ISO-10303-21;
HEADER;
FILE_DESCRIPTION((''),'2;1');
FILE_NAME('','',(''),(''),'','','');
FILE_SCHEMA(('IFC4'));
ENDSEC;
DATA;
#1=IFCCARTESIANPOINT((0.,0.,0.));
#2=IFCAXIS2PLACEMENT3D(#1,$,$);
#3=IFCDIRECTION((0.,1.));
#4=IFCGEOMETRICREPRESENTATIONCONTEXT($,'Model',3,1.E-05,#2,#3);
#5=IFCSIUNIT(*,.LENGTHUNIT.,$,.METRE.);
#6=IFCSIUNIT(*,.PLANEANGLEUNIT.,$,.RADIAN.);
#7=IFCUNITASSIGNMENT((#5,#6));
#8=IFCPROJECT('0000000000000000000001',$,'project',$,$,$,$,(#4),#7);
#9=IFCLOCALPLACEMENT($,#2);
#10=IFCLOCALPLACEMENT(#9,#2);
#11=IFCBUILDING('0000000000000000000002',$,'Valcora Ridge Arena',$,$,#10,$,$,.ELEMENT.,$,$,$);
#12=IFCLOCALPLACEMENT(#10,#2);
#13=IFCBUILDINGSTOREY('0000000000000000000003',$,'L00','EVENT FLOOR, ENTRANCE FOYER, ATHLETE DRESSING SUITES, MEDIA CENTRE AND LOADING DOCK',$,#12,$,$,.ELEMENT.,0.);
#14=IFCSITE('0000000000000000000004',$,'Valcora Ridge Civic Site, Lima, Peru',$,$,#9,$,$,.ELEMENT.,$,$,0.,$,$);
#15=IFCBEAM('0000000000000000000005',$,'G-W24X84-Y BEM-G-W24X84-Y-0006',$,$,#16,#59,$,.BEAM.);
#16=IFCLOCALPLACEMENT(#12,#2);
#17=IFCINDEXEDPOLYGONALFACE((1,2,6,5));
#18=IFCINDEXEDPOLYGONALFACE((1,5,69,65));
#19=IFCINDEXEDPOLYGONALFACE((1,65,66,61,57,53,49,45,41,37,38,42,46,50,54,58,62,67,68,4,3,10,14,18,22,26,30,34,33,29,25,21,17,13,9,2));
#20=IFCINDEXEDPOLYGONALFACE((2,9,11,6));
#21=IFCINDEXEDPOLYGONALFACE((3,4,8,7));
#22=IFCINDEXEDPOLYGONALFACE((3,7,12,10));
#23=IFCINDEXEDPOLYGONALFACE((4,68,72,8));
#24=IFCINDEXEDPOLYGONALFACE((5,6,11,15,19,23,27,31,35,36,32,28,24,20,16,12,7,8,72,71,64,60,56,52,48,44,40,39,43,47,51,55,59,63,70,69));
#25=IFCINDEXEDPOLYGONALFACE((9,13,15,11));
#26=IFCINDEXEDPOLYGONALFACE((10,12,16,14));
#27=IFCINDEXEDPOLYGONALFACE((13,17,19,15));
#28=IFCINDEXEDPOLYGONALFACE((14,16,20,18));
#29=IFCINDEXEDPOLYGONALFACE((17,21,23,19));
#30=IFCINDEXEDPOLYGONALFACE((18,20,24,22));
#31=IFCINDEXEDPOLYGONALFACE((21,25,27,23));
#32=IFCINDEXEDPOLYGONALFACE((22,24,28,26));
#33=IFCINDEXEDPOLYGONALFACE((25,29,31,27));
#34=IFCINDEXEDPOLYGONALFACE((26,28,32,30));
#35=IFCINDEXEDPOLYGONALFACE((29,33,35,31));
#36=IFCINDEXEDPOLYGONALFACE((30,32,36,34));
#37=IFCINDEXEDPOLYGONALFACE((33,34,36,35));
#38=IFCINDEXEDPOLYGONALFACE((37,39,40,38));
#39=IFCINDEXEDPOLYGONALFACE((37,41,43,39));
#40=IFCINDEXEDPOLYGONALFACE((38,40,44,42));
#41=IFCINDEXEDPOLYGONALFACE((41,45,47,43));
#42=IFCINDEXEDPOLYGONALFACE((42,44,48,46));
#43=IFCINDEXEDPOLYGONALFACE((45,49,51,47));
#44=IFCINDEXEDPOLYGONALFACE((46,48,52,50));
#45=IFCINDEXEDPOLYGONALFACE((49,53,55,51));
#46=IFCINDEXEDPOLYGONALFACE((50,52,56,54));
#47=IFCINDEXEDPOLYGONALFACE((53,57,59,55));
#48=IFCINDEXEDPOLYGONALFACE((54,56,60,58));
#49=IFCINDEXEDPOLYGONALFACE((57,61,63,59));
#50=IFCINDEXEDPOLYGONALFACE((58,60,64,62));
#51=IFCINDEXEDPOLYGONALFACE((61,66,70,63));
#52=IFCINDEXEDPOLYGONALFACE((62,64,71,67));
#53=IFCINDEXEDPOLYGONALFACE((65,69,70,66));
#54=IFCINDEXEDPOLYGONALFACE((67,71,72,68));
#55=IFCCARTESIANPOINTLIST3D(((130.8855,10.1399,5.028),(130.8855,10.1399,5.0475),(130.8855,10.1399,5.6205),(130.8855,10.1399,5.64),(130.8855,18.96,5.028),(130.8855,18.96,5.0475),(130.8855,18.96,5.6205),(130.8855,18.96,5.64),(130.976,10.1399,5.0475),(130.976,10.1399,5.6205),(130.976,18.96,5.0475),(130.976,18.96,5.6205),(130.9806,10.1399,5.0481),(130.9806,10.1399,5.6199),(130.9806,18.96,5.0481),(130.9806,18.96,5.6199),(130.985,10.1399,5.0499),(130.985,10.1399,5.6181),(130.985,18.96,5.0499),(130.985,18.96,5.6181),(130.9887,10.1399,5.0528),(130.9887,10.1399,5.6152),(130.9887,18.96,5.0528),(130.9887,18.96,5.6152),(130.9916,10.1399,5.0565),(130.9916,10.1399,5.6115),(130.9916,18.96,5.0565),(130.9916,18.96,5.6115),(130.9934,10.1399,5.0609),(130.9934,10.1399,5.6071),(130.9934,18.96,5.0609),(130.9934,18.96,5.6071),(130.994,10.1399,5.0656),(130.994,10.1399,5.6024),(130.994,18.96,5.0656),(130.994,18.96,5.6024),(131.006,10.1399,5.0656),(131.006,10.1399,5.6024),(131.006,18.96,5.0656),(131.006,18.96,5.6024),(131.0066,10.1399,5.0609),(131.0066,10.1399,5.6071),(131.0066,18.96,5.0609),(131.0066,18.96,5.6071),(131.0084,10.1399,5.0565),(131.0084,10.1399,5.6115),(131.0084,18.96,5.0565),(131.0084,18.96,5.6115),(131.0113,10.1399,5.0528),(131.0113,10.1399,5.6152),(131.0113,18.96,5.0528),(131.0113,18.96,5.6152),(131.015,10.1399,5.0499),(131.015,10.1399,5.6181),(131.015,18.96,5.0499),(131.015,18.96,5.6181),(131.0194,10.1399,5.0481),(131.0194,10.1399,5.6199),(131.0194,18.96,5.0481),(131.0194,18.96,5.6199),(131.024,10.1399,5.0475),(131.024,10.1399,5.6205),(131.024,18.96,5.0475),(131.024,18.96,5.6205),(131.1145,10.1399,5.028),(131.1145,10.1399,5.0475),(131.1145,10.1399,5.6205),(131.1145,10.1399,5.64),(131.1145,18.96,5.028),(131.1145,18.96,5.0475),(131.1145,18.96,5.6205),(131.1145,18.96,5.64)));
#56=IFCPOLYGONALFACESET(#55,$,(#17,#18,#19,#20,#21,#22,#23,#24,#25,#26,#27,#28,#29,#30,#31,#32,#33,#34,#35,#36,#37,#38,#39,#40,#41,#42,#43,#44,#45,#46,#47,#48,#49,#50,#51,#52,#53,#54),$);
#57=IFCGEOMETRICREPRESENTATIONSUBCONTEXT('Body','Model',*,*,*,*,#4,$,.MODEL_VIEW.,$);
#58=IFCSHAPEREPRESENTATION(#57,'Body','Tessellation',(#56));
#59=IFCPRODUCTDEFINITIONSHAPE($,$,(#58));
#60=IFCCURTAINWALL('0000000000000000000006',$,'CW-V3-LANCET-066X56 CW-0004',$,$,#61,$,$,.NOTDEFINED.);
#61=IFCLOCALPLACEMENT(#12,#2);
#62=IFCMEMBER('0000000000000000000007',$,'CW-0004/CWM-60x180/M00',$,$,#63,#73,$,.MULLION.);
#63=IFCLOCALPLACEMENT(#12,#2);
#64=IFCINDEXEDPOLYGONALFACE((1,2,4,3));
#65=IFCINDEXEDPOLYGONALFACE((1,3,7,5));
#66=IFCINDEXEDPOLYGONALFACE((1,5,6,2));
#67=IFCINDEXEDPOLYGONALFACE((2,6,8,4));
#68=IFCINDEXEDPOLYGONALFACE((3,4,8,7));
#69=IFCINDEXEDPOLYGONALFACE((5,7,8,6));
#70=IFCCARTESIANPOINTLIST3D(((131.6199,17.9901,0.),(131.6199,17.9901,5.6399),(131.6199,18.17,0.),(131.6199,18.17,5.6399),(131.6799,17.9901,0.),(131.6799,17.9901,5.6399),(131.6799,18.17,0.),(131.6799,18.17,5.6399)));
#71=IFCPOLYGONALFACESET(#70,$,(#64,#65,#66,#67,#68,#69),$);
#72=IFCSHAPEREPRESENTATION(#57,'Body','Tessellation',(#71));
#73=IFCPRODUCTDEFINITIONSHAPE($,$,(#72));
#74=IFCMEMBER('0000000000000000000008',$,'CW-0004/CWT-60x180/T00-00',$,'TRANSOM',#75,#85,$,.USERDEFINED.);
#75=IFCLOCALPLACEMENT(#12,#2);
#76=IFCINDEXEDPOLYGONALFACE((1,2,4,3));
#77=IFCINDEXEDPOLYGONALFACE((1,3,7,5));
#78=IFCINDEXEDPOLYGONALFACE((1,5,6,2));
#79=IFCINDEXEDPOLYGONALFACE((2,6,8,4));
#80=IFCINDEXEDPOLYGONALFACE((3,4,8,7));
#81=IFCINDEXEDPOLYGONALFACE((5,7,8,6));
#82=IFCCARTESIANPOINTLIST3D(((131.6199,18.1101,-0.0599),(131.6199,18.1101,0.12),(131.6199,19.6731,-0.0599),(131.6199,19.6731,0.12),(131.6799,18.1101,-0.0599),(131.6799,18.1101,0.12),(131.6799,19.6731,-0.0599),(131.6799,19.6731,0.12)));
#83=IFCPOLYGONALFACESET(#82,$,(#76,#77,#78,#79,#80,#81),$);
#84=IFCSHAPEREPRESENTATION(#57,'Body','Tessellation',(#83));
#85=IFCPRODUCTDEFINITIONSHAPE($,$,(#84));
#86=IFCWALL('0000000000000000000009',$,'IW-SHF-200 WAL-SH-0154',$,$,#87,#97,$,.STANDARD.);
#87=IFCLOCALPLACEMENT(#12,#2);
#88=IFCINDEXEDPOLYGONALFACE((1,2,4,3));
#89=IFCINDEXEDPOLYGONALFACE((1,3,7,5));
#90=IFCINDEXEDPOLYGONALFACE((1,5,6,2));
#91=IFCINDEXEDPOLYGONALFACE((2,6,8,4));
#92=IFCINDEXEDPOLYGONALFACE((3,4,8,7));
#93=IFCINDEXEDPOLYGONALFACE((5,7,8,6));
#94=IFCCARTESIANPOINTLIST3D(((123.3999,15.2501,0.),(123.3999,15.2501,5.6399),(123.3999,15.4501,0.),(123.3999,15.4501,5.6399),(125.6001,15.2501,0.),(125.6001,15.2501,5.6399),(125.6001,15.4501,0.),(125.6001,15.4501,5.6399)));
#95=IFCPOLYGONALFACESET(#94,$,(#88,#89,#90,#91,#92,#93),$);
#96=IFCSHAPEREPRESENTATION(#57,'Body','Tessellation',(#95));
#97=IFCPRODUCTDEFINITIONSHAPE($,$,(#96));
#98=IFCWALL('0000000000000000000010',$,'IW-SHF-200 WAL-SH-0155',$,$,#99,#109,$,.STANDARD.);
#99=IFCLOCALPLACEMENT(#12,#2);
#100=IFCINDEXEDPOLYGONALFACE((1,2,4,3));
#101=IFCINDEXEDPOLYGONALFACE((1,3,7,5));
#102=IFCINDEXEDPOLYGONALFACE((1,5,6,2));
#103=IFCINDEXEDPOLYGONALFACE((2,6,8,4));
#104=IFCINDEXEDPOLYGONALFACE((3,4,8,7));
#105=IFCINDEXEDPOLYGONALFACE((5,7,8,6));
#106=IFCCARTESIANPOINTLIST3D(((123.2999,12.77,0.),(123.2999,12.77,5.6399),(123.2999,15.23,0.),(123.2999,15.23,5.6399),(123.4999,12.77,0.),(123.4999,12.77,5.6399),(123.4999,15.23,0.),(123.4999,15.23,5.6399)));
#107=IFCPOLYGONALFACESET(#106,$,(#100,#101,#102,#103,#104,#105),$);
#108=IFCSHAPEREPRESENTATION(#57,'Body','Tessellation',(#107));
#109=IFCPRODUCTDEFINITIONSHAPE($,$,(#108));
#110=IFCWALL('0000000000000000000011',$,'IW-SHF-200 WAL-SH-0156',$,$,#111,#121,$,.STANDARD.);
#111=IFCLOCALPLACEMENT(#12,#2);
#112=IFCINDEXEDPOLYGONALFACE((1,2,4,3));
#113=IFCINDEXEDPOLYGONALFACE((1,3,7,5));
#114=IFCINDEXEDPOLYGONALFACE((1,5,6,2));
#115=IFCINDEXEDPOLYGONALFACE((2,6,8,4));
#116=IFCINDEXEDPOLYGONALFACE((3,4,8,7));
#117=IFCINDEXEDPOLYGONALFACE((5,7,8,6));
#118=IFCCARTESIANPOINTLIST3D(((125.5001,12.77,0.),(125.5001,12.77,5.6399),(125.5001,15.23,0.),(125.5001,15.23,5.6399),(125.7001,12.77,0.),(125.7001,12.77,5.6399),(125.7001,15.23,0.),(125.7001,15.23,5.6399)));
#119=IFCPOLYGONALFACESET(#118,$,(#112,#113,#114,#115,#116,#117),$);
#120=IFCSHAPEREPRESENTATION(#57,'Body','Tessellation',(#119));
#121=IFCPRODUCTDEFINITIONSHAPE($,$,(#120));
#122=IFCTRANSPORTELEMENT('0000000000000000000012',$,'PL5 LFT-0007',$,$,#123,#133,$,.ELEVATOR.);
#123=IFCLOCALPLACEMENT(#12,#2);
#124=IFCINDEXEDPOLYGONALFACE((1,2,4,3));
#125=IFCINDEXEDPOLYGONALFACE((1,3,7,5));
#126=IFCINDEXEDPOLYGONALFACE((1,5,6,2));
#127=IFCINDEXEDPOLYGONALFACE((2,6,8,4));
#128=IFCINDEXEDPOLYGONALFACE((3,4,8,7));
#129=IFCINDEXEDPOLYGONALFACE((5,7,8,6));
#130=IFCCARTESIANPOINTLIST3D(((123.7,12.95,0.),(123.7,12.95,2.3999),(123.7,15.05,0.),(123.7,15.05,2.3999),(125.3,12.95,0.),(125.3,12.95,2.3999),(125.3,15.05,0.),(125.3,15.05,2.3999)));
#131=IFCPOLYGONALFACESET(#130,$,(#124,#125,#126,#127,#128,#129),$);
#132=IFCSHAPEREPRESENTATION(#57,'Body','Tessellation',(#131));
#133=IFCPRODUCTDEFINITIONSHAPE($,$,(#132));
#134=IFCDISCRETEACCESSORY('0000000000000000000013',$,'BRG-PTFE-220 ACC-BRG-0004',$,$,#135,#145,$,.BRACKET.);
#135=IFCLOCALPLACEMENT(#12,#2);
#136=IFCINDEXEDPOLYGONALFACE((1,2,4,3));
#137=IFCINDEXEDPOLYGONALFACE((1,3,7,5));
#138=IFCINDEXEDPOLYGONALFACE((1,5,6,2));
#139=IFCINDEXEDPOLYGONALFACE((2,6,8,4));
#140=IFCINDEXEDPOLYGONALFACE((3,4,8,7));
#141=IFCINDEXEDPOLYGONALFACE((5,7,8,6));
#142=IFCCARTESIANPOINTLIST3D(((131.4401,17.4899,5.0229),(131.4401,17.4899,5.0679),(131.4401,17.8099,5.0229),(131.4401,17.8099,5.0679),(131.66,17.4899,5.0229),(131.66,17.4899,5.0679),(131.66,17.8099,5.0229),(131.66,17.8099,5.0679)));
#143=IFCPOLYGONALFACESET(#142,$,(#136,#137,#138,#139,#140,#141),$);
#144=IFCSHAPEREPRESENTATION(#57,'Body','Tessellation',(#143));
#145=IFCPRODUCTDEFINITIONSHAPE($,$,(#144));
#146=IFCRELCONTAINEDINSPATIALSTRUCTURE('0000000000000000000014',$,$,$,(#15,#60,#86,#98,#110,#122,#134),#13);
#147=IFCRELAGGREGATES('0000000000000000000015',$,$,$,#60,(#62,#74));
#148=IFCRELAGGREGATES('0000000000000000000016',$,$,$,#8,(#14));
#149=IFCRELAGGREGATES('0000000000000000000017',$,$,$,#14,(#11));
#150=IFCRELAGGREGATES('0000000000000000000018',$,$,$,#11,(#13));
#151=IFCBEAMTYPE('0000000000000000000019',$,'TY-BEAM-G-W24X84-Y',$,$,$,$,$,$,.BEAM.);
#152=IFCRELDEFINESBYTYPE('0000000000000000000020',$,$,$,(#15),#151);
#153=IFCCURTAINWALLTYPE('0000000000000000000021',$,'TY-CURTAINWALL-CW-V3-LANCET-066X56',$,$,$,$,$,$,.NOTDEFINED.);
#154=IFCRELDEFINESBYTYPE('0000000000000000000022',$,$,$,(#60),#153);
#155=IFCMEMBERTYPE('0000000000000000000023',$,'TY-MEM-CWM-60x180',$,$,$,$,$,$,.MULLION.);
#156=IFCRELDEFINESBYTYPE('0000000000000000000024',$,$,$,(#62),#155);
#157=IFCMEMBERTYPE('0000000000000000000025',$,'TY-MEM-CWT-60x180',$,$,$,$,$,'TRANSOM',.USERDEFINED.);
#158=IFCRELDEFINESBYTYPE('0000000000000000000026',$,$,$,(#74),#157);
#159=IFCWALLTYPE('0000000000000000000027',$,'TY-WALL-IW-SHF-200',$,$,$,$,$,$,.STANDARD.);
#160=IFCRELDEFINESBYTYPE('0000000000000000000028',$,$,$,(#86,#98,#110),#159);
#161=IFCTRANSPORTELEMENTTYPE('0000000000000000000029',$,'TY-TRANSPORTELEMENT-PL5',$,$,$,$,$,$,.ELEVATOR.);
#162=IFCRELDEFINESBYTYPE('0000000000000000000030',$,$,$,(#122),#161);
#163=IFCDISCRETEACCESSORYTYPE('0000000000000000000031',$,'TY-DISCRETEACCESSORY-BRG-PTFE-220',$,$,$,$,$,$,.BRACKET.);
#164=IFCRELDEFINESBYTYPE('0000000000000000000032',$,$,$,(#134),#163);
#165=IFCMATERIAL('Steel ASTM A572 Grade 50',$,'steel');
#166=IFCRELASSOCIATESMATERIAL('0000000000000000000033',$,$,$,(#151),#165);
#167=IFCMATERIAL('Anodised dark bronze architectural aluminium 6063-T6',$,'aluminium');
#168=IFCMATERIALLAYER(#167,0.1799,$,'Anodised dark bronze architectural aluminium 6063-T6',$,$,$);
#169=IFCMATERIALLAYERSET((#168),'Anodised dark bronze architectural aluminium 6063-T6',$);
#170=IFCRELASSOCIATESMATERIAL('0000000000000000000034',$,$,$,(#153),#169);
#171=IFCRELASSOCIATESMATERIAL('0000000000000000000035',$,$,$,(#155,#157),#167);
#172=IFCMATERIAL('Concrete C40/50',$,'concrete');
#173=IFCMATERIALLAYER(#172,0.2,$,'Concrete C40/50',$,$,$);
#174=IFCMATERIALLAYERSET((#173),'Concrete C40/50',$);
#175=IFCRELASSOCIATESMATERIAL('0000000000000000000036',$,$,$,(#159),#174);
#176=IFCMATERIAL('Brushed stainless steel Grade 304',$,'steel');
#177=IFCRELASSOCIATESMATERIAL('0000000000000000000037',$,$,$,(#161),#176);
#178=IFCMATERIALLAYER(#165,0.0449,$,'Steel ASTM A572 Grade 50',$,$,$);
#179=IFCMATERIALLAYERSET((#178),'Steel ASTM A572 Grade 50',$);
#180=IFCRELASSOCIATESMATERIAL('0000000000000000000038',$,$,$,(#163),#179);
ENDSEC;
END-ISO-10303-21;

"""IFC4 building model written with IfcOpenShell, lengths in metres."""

from ifc_helpers import new_model, si_unit, direction, frame, frame_2d, origin, origin_2d, place, context, subcontext, project, spatial, rectangle, i_section, extrude, material, layer, layer_set, material_profile, profile_set, type_object, element, aggregate, save


model = new_model("IFC4")

# Units and contexts
model_context = context("Model", 3, precision=1e-05, world=origin(), true_north=direction((0.0, 1.0)))
body_context = subcontext(model_context, "Body", "Model", "MODEL_VIEW")
ifc_project = project(units=[si_unit("LENGTHUNIT", "METRE"), si_unit("PLANEANGLEUNIT", "RADIAN")], contexts=[model_context])

# Site, building, storey
site_placement = place(None, origin())
site = spatial("IfcSite", under=ifc_project, at=site_placement, Name="Valcora Ridge Civic Site, Lima, Peru", CompositionType="ELEMENT", RefElevation=0.0)
building_placement = place(site_placement, origin())
building = spatial("IfcBuilding", under=site, at=building_placement, Name="Valcora Ridge Arena", CompositionType="ELEMENT")
storey_placement = place(building_placement, origin())
storey = spatial("IfcBuildingStorey", under=building, at=storey_placement, Name="L00", Description="EVENT FLOOR, ENTRANCE FOYER, ATHLETE DRESSING SUITES, MEDIA CENTRE AND LOADING DOCK", CompositionType="ELEMENT", Elevation=0.0)

# Shared definitions
ifc_material_1 = material(Name="Concrete C40/50", Category="concrete")

# Shared definitions
ifc_material_2 = material(Name="Steel ASTM A572 Grade 50", Category="steel")

# Beam
ifc_material_profile_1 = material_profile(ifc_material_2, i_section(OverallWidth=0.229, OverallDepth=0.6121, WebThickness=0.012, FlangeThickness=0.0195, FilletRadius=0.0181, at=origin_2d()), Name="W24X84")
ifc_profile_set_1 = profile_set([ifc_material_profile_1], Name="Steel ASTM A572 Grade 50")
beam_type_1 = type_object("IfcBeamType", Name="TY-BEAM-G-W24X84-Y", PredefinedType="BEAM", material=ifc_profile_set_1)
beam_1_placement = place(storey_placement, frame((131.0, 10.1399, 5.334), z_axis=(0.0, 1.0, 0.0), x_axis=(-1.0, 0.0, 0.0)))
element("IfcBeam", 1, at=beam_1_placement, inside=storey, type_object=beam_type_1, Name="G-W24X84-Y BEM-G-W24X84-Y-0006", PredefinedType="BEAM", context=body_context, shape_type="SweptSolid", body=[
    extrude(i_section(OverallWidth=0.229, OverallDepth=0.6121, WebThickness=0.012, FlangeThickness=0.0195, FilletRadius=0.0181, at=origin_2d()), origin(), (0.0, 0.0, 1.0), 8.8201),
])

# Curtain wall, members
ifc_material_3 = material(Name="Anodised dark bronze architectural aluminium 6063-T6", Category="aluminium")
ifc_layer_1 = layer(ifc_material_3, 0.1799, Name="Anodised dark bronze architectural aluminium 6063-T6")
ifc_layer_set_1 = layer_set([ifc_layer_1], Name="Anodised dark bronze architectural aluminium 6063-T6")
curtain_wall_type = type_object("IfcCurtainWallType", Name="TY-CURTAINWALL-CW-V3-LANCET-066X56", PredefinedType="NOTDEFINED", material=ifc_layer_set_1)
curtain_wall_placement = place(storey_placement, origin())
curtain_wall = element("IfcCurtainWall", 2, at=curtain_wall_placement, inside=storey, type_object=curtain_wall_type, Name="CW-V3-LANCET-066X56 CW-0004", PredefinedType="NOTDEFINED")
ifc_material_profile_2 = material_profile(ifc_material_3, rectangle(XDim=0.0601, YDim=0.1799, at=origin_2d()), Name="ALU MULLION 60x180")
ifc_profile_set_2 = profile_set([ifc_material_profile_2], Name="Anodised dark bronze architectural aluminium 6063-T6")
member_type_1 = type_object("IfcMemberType", Name="TY-MEM-CWM-60x180", PredefinedType="MULLION", material=ifc_profile_set_2)
member_1_placement = place(storey_placement, frame((131.6499, 18.0801, 0.0), z_axis=(0.0, 0.0, 1.0), x_axis=(-1.0, 0.0, 0.0)))
member_1 = element("IfcMember", 3, at=member_1_placement, type_object=member_type_1, Name="CW-0004/CWM-60x180/M00", PredefinedType="MULLION", context=body_context, shape_type="SweptSolid", body=[
    extrude(rectangle(XDim=0.0601, YDim=0.1799, at=origin_2d()), origin(), (0.0, 0.0, 1.0), 5.6399),
])
ifc_material_profile_3 = material_profile(ifc_material_3, rectangle(XDim=0.0601, YDim=0.1799, at=origin_2d()), Name="ALU TRANSOM 60x180")
ifc_profile_set_3 = profile_set([ifc_material_profile_3], Name="Anodised dark bronze architectural aluminium 6063-T6")
member_type_2 = type_object("IfcMemberType", Name="TY-MEM-CWT-60x180", ElementType="TRANSOM", PredefinedType="USERDEFINED", material=ifc_profile_set_3)
member_2_placement = place(storey_placement, frame((131.6499, 18.1101, 0.03), z_axis=(0.0, 1.0, 0.0), x_axis=(-1.0, 0.0, 0.0)))
member_2 = element("IfcMember", 4, at=member_2_placement, type_object=member_type_2, Name="CW-0004/CWT-60x180/T00-00", ObjectType="TRANSOM", PredefinedType="USERDEFINED", context=body_context, shape_type="SweptSolid", body=[
    extrude(rectangle(XDim=0.0601, YDim=0.1799, at=origin_2d()), origin(), (0.0, 0.0, 1.0), 1.563),
])
aggregate(curtain_wall, [member_1, member_2])

# Shared definitions
ifc_layer_2 = layer(ifc_material_1, 0.2, Name="Concrete C40/50")
ifc_layer_set_2 = layer_set([ifc_layer_2], Name="Concrete C40/50")
wall_type = type_object("IfcWallType", Name="TY-WALL-IW-SHF-200", PredefinedType="STANDARD", material=ifc_layer_set_2)

# Walls
wall_1_placement = place(storey_placement, frame((123.3999, 15.3501, 0.0), z_axis=(0.0, 0.0, 1.0), x_axis=(1.0, 0.0, 0.0)))
element("IfcWall", 5, at=wall_1_placement, inside=storey, type_object=wall_type, Name="IW-SHF-200 WAL-SH-0154", PredefinedType="STANDARD", context=body_context, shape_type="SweptSolid", body=[
    extrude(rectangle(XDim=2.2002, YDim=0.2, at=frame_2d((1.1001, 0.0))), origin(), (0.0, 0.0, 1.0), 5.6399),
])
for number, where, z_axis, x_axis, name in (
    (6, (123.3999, 12.77, 0.0), (0.0, 0.0, 1.0), (0.0, 1.0, 0.0), "IW-SHF-200 WAL-SH-0155"),
    (7, (125.6001, 12.77, 0.0), (0.0, 0.0, 1.0), (0.0, 1.0, 0.0), "IW-SHF-200 WAL-SH-0156"),
):
    element("IfcWall", number, at=place(storey_placement, frame(where, z_axis=z_axis, x_axis=x_axis)), inside=storey, type_object=wall_type, Name=name, PredefinedType="STANDARD", context=body_context, shape_type="SweptSolid", body=[
        extrude(rectangle(XDim=2.46, YDim=0.2, at=frame_2d((1.23, 0.0))), origin(), (0.0, 0.0, 1.0), 5.6399),
    ])

# Transport element
ifc_material_4 = material(Name="Brushed stainless steel Grade 304", Category="steel")
transport_element_type = type_object("IfcTransportElementType", Name="TY-TRANSPORTELEMENT-PL5", PredefinedType="ELEVATOR", material=ifc_material_4)
transport_element_placement = place(storey_placement, frame((124.5, 14.0, 0.0), z_axis=(0.0, 0.0, 1.0), x_axis=(1.0, 0.0, 0.0)))
element("IfcTransportElement", 8, at=transport_element_placement, inside=storey, type_object=transport_element_type, Name="PL5 LFT-0007", PredefinedType="ELEVATOR", context=body_context, shape_type="SweptSolid", body=[
    extrude(rectangle(XDim=1.6001, YDim=2.1001, at=origin_2d()), origin(), (0.0, 0.0, 1.0), 2.3999),
])

# Discrete accessory
ifc_layer_3 = layer(ifc_material_2, 0.0449, Name="Steel ASTM A572 Grade 50")
ifc_layer_set_3 = layer_set([ifc_layer_3], Name="Steel ASTM A572 Grade 50")
discrete_accessory_type = type_object("IfcDiscreteAccessoryType", Name="TY-DISCRETEACCESSORY-BRG-PTFE-220", PredefinedType="BRACKET", material=ifc_layer_set_3)
discrete_accessory_placement = place(storey_placement, frame((131.55, 17.6499, 5.0229), z_axis=(0.0, 0.0, 1.0), x_axis=(1.0, 0.0, 0.0)))
element("IfcDiscreteAccessory", 9, at=discrete_accessory_placement, inside=storey, type_object=discrete_accessory_type, Name="BRG-PTFE-220 ACC-BRG-0004", PredefinedType="BRACKET", context=body_context, shape_type="SweptSolid", body=[
    extrude(rectangle(XDim=0.22, YDim=0.3201, at=origin_2d()), origin(), (0.0, 0.0, 1.0), 0.0449),
])

save(model, "model.ifc")
